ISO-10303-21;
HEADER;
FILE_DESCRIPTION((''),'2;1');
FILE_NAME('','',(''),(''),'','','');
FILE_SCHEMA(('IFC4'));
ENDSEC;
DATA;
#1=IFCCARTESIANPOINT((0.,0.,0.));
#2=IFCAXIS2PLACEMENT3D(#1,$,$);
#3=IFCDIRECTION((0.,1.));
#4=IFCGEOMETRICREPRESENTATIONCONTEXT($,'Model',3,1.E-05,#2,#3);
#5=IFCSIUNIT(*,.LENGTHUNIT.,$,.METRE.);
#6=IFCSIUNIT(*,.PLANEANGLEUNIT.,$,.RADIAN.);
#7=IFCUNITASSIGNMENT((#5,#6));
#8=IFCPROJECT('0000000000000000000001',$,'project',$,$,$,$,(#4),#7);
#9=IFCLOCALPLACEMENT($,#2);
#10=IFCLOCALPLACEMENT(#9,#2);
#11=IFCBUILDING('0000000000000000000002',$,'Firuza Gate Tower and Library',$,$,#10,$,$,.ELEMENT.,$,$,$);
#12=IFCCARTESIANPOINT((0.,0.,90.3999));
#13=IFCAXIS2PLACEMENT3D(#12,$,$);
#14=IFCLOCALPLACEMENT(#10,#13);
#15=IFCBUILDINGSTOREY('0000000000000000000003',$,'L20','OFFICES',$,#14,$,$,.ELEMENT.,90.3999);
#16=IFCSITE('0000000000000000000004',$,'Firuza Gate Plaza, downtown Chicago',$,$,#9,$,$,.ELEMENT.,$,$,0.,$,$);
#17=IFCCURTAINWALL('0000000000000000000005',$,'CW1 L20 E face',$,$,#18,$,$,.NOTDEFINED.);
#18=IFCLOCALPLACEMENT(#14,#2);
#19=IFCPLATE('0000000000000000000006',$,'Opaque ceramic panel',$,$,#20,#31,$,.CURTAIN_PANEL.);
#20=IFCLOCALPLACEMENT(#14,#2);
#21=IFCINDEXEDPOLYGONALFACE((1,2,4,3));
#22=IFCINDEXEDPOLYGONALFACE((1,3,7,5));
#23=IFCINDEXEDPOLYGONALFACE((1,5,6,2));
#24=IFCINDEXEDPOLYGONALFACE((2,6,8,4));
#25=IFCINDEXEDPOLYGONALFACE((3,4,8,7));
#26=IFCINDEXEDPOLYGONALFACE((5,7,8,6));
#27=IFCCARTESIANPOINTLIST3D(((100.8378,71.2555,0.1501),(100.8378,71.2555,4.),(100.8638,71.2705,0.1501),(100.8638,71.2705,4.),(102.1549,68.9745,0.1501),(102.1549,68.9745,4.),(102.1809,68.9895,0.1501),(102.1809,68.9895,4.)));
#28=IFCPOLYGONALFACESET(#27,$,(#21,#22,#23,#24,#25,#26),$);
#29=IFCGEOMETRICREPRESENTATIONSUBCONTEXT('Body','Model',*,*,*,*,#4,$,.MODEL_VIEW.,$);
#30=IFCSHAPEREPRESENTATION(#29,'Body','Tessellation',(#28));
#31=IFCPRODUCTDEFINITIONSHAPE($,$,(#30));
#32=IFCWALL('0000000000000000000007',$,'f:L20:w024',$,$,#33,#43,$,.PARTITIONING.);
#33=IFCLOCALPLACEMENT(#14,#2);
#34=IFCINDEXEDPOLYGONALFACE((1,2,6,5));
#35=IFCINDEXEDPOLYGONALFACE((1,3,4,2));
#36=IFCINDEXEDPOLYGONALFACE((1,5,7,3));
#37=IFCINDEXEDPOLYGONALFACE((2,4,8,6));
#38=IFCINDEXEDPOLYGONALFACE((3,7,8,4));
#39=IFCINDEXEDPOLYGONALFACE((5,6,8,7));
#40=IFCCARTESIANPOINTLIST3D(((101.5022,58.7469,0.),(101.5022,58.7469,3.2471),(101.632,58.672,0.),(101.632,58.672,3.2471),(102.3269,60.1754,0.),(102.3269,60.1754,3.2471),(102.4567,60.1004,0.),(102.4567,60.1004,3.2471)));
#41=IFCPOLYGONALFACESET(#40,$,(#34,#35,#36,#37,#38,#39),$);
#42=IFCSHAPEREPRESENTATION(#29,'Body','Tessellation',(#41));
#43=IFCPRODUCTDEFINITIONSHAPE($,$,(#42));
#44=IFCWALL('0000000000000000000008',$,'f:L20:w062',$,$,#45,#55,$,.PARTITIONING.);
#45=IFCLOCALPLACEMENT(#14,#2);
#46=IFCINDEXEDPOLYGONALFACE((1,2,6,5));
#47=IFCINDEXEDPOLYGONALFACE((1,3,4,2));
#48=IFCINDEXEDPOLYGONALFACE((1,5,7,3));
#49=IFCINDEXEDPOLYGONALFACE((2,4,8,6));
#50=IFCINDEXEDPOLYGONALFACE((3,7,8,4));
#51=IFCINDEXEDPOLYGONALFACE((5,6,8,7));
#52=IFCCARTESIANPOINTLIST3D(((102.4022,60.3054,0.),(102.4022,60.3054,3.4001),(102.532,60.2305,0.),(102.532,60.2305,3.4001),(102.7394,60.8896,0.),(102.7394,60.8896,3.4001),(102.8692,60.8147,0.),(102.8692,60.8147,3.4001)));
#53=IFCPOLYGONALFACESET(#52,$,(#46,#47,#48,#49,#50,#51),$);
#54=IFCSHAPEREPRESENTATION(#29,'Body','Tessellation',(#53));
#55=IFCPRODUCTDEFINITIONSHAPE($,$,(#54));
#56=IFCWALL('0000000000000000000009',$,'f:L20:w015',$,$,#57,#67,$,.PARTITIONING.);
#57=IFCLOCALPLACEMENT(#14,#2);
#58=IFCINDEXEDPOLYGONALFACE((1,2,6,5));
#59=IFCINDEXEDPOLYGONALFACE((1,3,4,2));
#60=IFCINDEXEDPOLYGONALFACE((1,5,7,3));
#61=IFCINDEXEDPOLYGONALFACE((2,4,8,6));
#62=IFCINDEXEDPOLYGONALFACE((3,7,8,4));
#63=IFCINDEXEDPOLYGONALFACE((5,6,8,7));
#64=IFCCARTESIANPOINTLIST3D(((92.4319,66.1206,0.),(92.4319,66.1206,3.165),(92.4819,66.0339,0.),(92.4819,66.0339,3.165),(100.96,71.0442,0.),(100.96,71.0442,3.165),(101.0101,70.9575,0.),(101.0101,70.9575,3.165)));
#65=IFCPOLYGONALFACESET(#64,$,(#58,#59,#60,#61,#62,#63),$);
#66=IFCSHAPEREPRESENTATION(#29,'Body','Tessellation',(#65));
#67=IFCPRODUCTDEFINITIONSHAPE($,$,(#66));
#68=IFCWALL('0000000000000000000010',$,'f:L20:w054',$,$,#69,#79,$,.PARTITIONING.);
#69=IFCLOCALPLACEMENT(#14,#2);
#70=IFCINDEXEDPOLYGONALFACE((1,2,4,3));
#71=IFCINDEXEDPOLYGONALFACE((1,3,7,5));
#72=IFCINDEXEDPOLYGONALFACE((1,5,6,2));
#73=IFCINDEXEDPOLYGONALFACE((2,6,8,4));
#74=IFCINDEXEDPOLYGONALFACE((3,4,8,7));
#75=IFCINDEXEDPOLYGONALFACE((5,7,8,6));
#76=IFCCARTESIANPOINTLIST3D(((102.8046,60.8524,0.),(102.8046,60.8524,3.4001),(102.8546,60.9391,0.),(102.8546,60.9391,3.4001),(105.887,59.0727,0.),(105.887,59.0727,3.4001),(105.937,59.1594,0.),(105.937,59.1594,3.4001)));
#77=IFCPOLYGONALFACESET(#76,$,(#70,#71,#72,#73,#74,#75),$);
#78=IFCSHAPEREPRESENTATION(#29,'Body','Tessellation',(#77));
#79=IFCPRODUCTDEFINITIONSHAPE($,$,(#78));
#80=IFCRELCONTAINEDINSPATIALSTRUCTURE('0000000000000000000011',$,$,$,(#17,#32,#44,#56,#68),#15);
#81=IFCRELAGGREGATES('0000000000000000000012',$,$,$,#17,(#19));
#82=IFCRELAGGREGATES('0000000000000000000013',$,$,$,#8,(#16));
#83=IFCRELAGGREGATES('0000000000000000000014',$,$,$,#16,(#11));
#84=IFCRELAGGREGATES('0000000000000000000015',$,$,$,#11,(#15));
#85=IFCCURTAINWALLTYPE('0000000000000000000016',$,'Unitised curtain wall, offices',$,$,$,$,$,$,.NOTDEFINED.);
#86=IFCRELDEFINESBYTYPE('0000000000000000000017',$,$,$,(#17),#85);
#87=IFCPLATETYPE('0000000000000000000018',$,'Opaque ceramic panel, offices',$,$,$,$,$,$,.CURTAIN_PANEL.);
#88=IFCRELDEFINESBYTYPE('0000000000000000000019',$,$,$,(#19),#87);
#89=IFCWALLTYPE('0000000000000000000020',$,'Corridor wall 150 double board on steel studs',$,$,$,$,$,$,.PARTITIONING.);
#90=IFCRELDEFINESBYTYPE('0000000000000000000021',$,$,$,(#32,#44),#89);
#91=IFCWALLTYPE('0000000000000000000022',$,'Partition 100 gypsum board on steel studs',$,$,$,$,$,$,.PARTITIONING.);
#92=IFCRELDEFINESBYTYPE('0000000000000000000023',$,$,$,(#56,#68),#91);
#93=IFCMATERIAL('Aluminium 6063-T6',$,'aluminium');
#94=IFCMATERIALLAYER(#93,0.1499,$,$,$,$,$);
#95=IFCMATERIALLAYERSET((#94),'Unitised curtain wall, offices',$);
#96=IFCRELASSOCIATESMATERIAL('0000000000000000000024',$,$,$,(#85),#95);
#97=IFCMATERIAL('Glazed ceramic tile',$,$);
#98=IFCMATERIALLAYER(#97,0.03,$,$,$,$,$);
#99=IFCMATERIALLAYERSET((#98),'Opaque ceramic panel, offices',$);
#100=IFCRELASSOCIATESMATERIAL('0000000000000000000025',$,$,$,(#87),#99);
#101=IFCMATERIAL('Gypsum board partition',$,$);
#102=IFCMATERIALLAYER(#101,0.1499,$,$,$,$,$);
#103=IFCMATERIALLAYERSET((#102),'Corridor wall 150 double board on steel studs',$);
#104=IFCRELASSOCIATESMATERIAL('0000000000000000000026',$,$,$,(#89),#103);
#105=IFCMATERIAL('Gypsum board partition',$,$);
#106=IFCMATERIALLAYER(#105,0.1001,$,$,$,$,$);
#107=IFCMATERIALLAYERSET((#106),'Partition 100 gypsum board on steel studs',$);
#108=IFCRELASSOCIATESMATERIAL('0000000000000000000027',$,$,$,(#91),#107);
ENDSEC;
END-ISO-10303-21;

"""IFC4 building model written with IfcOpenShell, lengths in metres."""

from ifc_helpers import new_model, si_unit, direction, frame, frame_2d, origin, place, context, subcontext, project, spatial, polyline, rectangle, outline, extrude, material, layer, layer_set, type_object, element, aggregate, save


model = new_model("IFC4")

# Units and contexts
model_context = context("Model", 3, precision=1e-05, world=origin(), true_north=direction((0.0, 1.0)))
body_context = subcontext(model_context, "Body", "Model", "MODEL_VIEW")
ifc_project = project(units=[si_unit("LENGTHUNIT", "METRE"), si_unit("PLANEANGLEUNIT", "RADIAN")], contexts=[model_context])

# Site, building, storey
site_placement = place(None, origin())
site = spatial("IfcSite", under=ifc_project, at=site_placement, Name="Firuza Gate Plaza, downtown Chicago", CompositionType="ELEMENT", RefElevation=0.0)
building_placement = place(site_placement, origin())
building = spatial("IfcBuilding", under=site, at=building_placement, Name="Firuza Gate Tower and Library", CompositionType="ELEMENT")
storey_placement = place(building_placement, frame((0.0, 0.0, 90.3999)))
storey = spatial("IfcBuildingStorey", under=building, at=storey_placement, Name="L20", Description="OFFICES", CompositionType="ELEMENT", Elevation=90.3999)

# Curtain wall
ifc_material_1 = material(Name="Aluminium 6063-T6", Category="aluminium")
ifc_layer_1 = layer(ifc_material_1, 0.1499)
ifc_layer_set_1 = layer_set([ifc_layer_1], Name="Unitised curtain wall, offices")
curtain_wall_type_1 = type_object("IfcCurtainWallType", Name="Unitised curtain wall, offices", PredefinedType="NOTDEFINED", material=ifc_layer_set_1)
placement = place(storey_placement, origin())
curtain_wall_1 = element("IfcCurtainWall", 1, at=placement, inside=storey, type_object=curtain_wall_type_1, Name="CW1 L20 E face", PredefinedType="NOTDEFINED")

# Plate
ifc_material_2 = material(Name="Glazed ceramic tile")
ifc_layer_2 = layer(ifc_material_2, 0.03)
ifc_layer_set_2 = layer_set([ifc_layer_2], Name="Opaque ceramic panel, offices")
plate_type_1 = type_object("IfcPlateType", Name="Opaque ceramic panel, offices", PredefinedType="CURTAIN_PANEL", material=ifc_layer_set_2)
plate_1_placement = place(storey_placement, frame((102.1809, 68.9895, 0.1501), z_axis=(0.865993, 0.500057, 0.0), x_axis=(-0.500057, 0.865993, 0.0)))
plate_1 = element("IfcPlate", 2, at=plate_1_placement, type_object=plate_type_1, Name="Opaque ceramic panel", PredefinedType="CURTAIN_PANEL", context=body_context, shape_type="SweptSolid", body=[
    extrude(outline(polyline([(0.0, 0.0), (2.634, 0.0), (2.634, 3.8499), (0.0, 3.8499), (0.0, 0.0)])), origin(), (0.0, 0.0, -1.0), 0.03),
])
aggregate(curtain_wall_1, [plate_1])

# Walls
ifc_material_3 = material(Name="Gypsum board partition")
ifc_layer_3 = layer(ifc_material_3, 0.1499)
ifc_layer_set_3 = layer_set([ifc_layer_3], Name="Corridor wall 150 double board on steel studs")
wall_type_1 = type_object("IfcWallType", Name="Corridor wall 150 double board on steel studs", PredefinedType="PARTITIONING", material=ifc_layer_set_3)
wall_1_placement = place(storey_placement, frame((101.5671, 58.7095, 0.0), z_axis=(0.0, 0.0, 1.0), x_axis=(0.499992, 0.86603, 0.0)))
element("IfcWall", 3, at=wall_1_placement, inside=storey, type_object=wall_type_1, Name="f:L20:w024", PredefinedType="PARTITIONING", context=body_context, shape_type="SweptSolid", body=[
    extrude(rectangle(XDim=1.6494, YDim=0.1499, at=frame_2d((0.8247, 0.0))), origin(), (0.0, 0.0, 1.0), 3.2471),
])
wall_2_placement = place(storey_placement, frame((102.467, 60.2678, 0.0), z_axis=(0.0, 0.0, 1.0), x_axis=(0.499837, 0.866119, 0.0)))
element("IfcWall", 4, at=wall_2_placement, inside=storey, type_object=wall_type_1, Name="f:L20:w062", PredefinedType="PARTITIONING", context=body_context, shape_type="SweptSolid", body=[
    extrude(rectangle(XDim=0.6746, YDim=0.1499, at=frame_2d((0.3374, 0.0))), origin(), (0.0, 0.0, 1.0), 3.4001),
])
ifc_material_4 = material(Name="Gypsum board partition")
ifc_layer_4 = layer(ifc_material_4, 0.1001)
ifc_layer_set_4 = layer_set([ifc_layer_4], Name="Partition 100 gypsum board on steel studs")
wall_type_2 = type_object("IfcWallType", Name="Partition 100 gypsum board on steel studs", PredefinedType="PARTITIONING", material=ifc_layer_set_4)
wall_3_placement = place(storey_placement, frame((92.4568, 66.0771, 0.0), z_axis=(0.0, 0.0, 1.0), x_axis=(0.86603, 0.499992, 0.0)))
element("IfcWall", 5, at=wall_3_placement, inside=storey, type_object=wall_type_2, Name="f:L20:w015", PredefinedType="PARTITIONING", context=body_context, shape_type="SweptSolid", body=[
    extrude(rectangle(XDim=9.8474, YDim=0.1001, at=frame_2d((4.9238, 0.0))), origin(), (0.0, 0.0, 1.0), 3.165),
])
wall_4_placement = place(storey_placement, frame((105.9121, 59.116, 0.0), z_axis=(0.0, 0.0, 1.0), x_axis=(-0.866014, 0.500019, 0.0)))
element("IfcWall", 6, at=wall_4_placement, inside=storey, type_object=wall_type_2, Name="f:L20:w054", PredefinedType="PARTITIONING", context=body_context, shape_type="SweptSolid", body=[
    extrude(rectangle(XDim=3.5593, YDim=0.1001, at=frame_2d((1.7798, 0.0))), origin(), (0.0, 0.0, 1.0), 3.4001),
])

save(model, "model.ifc")
